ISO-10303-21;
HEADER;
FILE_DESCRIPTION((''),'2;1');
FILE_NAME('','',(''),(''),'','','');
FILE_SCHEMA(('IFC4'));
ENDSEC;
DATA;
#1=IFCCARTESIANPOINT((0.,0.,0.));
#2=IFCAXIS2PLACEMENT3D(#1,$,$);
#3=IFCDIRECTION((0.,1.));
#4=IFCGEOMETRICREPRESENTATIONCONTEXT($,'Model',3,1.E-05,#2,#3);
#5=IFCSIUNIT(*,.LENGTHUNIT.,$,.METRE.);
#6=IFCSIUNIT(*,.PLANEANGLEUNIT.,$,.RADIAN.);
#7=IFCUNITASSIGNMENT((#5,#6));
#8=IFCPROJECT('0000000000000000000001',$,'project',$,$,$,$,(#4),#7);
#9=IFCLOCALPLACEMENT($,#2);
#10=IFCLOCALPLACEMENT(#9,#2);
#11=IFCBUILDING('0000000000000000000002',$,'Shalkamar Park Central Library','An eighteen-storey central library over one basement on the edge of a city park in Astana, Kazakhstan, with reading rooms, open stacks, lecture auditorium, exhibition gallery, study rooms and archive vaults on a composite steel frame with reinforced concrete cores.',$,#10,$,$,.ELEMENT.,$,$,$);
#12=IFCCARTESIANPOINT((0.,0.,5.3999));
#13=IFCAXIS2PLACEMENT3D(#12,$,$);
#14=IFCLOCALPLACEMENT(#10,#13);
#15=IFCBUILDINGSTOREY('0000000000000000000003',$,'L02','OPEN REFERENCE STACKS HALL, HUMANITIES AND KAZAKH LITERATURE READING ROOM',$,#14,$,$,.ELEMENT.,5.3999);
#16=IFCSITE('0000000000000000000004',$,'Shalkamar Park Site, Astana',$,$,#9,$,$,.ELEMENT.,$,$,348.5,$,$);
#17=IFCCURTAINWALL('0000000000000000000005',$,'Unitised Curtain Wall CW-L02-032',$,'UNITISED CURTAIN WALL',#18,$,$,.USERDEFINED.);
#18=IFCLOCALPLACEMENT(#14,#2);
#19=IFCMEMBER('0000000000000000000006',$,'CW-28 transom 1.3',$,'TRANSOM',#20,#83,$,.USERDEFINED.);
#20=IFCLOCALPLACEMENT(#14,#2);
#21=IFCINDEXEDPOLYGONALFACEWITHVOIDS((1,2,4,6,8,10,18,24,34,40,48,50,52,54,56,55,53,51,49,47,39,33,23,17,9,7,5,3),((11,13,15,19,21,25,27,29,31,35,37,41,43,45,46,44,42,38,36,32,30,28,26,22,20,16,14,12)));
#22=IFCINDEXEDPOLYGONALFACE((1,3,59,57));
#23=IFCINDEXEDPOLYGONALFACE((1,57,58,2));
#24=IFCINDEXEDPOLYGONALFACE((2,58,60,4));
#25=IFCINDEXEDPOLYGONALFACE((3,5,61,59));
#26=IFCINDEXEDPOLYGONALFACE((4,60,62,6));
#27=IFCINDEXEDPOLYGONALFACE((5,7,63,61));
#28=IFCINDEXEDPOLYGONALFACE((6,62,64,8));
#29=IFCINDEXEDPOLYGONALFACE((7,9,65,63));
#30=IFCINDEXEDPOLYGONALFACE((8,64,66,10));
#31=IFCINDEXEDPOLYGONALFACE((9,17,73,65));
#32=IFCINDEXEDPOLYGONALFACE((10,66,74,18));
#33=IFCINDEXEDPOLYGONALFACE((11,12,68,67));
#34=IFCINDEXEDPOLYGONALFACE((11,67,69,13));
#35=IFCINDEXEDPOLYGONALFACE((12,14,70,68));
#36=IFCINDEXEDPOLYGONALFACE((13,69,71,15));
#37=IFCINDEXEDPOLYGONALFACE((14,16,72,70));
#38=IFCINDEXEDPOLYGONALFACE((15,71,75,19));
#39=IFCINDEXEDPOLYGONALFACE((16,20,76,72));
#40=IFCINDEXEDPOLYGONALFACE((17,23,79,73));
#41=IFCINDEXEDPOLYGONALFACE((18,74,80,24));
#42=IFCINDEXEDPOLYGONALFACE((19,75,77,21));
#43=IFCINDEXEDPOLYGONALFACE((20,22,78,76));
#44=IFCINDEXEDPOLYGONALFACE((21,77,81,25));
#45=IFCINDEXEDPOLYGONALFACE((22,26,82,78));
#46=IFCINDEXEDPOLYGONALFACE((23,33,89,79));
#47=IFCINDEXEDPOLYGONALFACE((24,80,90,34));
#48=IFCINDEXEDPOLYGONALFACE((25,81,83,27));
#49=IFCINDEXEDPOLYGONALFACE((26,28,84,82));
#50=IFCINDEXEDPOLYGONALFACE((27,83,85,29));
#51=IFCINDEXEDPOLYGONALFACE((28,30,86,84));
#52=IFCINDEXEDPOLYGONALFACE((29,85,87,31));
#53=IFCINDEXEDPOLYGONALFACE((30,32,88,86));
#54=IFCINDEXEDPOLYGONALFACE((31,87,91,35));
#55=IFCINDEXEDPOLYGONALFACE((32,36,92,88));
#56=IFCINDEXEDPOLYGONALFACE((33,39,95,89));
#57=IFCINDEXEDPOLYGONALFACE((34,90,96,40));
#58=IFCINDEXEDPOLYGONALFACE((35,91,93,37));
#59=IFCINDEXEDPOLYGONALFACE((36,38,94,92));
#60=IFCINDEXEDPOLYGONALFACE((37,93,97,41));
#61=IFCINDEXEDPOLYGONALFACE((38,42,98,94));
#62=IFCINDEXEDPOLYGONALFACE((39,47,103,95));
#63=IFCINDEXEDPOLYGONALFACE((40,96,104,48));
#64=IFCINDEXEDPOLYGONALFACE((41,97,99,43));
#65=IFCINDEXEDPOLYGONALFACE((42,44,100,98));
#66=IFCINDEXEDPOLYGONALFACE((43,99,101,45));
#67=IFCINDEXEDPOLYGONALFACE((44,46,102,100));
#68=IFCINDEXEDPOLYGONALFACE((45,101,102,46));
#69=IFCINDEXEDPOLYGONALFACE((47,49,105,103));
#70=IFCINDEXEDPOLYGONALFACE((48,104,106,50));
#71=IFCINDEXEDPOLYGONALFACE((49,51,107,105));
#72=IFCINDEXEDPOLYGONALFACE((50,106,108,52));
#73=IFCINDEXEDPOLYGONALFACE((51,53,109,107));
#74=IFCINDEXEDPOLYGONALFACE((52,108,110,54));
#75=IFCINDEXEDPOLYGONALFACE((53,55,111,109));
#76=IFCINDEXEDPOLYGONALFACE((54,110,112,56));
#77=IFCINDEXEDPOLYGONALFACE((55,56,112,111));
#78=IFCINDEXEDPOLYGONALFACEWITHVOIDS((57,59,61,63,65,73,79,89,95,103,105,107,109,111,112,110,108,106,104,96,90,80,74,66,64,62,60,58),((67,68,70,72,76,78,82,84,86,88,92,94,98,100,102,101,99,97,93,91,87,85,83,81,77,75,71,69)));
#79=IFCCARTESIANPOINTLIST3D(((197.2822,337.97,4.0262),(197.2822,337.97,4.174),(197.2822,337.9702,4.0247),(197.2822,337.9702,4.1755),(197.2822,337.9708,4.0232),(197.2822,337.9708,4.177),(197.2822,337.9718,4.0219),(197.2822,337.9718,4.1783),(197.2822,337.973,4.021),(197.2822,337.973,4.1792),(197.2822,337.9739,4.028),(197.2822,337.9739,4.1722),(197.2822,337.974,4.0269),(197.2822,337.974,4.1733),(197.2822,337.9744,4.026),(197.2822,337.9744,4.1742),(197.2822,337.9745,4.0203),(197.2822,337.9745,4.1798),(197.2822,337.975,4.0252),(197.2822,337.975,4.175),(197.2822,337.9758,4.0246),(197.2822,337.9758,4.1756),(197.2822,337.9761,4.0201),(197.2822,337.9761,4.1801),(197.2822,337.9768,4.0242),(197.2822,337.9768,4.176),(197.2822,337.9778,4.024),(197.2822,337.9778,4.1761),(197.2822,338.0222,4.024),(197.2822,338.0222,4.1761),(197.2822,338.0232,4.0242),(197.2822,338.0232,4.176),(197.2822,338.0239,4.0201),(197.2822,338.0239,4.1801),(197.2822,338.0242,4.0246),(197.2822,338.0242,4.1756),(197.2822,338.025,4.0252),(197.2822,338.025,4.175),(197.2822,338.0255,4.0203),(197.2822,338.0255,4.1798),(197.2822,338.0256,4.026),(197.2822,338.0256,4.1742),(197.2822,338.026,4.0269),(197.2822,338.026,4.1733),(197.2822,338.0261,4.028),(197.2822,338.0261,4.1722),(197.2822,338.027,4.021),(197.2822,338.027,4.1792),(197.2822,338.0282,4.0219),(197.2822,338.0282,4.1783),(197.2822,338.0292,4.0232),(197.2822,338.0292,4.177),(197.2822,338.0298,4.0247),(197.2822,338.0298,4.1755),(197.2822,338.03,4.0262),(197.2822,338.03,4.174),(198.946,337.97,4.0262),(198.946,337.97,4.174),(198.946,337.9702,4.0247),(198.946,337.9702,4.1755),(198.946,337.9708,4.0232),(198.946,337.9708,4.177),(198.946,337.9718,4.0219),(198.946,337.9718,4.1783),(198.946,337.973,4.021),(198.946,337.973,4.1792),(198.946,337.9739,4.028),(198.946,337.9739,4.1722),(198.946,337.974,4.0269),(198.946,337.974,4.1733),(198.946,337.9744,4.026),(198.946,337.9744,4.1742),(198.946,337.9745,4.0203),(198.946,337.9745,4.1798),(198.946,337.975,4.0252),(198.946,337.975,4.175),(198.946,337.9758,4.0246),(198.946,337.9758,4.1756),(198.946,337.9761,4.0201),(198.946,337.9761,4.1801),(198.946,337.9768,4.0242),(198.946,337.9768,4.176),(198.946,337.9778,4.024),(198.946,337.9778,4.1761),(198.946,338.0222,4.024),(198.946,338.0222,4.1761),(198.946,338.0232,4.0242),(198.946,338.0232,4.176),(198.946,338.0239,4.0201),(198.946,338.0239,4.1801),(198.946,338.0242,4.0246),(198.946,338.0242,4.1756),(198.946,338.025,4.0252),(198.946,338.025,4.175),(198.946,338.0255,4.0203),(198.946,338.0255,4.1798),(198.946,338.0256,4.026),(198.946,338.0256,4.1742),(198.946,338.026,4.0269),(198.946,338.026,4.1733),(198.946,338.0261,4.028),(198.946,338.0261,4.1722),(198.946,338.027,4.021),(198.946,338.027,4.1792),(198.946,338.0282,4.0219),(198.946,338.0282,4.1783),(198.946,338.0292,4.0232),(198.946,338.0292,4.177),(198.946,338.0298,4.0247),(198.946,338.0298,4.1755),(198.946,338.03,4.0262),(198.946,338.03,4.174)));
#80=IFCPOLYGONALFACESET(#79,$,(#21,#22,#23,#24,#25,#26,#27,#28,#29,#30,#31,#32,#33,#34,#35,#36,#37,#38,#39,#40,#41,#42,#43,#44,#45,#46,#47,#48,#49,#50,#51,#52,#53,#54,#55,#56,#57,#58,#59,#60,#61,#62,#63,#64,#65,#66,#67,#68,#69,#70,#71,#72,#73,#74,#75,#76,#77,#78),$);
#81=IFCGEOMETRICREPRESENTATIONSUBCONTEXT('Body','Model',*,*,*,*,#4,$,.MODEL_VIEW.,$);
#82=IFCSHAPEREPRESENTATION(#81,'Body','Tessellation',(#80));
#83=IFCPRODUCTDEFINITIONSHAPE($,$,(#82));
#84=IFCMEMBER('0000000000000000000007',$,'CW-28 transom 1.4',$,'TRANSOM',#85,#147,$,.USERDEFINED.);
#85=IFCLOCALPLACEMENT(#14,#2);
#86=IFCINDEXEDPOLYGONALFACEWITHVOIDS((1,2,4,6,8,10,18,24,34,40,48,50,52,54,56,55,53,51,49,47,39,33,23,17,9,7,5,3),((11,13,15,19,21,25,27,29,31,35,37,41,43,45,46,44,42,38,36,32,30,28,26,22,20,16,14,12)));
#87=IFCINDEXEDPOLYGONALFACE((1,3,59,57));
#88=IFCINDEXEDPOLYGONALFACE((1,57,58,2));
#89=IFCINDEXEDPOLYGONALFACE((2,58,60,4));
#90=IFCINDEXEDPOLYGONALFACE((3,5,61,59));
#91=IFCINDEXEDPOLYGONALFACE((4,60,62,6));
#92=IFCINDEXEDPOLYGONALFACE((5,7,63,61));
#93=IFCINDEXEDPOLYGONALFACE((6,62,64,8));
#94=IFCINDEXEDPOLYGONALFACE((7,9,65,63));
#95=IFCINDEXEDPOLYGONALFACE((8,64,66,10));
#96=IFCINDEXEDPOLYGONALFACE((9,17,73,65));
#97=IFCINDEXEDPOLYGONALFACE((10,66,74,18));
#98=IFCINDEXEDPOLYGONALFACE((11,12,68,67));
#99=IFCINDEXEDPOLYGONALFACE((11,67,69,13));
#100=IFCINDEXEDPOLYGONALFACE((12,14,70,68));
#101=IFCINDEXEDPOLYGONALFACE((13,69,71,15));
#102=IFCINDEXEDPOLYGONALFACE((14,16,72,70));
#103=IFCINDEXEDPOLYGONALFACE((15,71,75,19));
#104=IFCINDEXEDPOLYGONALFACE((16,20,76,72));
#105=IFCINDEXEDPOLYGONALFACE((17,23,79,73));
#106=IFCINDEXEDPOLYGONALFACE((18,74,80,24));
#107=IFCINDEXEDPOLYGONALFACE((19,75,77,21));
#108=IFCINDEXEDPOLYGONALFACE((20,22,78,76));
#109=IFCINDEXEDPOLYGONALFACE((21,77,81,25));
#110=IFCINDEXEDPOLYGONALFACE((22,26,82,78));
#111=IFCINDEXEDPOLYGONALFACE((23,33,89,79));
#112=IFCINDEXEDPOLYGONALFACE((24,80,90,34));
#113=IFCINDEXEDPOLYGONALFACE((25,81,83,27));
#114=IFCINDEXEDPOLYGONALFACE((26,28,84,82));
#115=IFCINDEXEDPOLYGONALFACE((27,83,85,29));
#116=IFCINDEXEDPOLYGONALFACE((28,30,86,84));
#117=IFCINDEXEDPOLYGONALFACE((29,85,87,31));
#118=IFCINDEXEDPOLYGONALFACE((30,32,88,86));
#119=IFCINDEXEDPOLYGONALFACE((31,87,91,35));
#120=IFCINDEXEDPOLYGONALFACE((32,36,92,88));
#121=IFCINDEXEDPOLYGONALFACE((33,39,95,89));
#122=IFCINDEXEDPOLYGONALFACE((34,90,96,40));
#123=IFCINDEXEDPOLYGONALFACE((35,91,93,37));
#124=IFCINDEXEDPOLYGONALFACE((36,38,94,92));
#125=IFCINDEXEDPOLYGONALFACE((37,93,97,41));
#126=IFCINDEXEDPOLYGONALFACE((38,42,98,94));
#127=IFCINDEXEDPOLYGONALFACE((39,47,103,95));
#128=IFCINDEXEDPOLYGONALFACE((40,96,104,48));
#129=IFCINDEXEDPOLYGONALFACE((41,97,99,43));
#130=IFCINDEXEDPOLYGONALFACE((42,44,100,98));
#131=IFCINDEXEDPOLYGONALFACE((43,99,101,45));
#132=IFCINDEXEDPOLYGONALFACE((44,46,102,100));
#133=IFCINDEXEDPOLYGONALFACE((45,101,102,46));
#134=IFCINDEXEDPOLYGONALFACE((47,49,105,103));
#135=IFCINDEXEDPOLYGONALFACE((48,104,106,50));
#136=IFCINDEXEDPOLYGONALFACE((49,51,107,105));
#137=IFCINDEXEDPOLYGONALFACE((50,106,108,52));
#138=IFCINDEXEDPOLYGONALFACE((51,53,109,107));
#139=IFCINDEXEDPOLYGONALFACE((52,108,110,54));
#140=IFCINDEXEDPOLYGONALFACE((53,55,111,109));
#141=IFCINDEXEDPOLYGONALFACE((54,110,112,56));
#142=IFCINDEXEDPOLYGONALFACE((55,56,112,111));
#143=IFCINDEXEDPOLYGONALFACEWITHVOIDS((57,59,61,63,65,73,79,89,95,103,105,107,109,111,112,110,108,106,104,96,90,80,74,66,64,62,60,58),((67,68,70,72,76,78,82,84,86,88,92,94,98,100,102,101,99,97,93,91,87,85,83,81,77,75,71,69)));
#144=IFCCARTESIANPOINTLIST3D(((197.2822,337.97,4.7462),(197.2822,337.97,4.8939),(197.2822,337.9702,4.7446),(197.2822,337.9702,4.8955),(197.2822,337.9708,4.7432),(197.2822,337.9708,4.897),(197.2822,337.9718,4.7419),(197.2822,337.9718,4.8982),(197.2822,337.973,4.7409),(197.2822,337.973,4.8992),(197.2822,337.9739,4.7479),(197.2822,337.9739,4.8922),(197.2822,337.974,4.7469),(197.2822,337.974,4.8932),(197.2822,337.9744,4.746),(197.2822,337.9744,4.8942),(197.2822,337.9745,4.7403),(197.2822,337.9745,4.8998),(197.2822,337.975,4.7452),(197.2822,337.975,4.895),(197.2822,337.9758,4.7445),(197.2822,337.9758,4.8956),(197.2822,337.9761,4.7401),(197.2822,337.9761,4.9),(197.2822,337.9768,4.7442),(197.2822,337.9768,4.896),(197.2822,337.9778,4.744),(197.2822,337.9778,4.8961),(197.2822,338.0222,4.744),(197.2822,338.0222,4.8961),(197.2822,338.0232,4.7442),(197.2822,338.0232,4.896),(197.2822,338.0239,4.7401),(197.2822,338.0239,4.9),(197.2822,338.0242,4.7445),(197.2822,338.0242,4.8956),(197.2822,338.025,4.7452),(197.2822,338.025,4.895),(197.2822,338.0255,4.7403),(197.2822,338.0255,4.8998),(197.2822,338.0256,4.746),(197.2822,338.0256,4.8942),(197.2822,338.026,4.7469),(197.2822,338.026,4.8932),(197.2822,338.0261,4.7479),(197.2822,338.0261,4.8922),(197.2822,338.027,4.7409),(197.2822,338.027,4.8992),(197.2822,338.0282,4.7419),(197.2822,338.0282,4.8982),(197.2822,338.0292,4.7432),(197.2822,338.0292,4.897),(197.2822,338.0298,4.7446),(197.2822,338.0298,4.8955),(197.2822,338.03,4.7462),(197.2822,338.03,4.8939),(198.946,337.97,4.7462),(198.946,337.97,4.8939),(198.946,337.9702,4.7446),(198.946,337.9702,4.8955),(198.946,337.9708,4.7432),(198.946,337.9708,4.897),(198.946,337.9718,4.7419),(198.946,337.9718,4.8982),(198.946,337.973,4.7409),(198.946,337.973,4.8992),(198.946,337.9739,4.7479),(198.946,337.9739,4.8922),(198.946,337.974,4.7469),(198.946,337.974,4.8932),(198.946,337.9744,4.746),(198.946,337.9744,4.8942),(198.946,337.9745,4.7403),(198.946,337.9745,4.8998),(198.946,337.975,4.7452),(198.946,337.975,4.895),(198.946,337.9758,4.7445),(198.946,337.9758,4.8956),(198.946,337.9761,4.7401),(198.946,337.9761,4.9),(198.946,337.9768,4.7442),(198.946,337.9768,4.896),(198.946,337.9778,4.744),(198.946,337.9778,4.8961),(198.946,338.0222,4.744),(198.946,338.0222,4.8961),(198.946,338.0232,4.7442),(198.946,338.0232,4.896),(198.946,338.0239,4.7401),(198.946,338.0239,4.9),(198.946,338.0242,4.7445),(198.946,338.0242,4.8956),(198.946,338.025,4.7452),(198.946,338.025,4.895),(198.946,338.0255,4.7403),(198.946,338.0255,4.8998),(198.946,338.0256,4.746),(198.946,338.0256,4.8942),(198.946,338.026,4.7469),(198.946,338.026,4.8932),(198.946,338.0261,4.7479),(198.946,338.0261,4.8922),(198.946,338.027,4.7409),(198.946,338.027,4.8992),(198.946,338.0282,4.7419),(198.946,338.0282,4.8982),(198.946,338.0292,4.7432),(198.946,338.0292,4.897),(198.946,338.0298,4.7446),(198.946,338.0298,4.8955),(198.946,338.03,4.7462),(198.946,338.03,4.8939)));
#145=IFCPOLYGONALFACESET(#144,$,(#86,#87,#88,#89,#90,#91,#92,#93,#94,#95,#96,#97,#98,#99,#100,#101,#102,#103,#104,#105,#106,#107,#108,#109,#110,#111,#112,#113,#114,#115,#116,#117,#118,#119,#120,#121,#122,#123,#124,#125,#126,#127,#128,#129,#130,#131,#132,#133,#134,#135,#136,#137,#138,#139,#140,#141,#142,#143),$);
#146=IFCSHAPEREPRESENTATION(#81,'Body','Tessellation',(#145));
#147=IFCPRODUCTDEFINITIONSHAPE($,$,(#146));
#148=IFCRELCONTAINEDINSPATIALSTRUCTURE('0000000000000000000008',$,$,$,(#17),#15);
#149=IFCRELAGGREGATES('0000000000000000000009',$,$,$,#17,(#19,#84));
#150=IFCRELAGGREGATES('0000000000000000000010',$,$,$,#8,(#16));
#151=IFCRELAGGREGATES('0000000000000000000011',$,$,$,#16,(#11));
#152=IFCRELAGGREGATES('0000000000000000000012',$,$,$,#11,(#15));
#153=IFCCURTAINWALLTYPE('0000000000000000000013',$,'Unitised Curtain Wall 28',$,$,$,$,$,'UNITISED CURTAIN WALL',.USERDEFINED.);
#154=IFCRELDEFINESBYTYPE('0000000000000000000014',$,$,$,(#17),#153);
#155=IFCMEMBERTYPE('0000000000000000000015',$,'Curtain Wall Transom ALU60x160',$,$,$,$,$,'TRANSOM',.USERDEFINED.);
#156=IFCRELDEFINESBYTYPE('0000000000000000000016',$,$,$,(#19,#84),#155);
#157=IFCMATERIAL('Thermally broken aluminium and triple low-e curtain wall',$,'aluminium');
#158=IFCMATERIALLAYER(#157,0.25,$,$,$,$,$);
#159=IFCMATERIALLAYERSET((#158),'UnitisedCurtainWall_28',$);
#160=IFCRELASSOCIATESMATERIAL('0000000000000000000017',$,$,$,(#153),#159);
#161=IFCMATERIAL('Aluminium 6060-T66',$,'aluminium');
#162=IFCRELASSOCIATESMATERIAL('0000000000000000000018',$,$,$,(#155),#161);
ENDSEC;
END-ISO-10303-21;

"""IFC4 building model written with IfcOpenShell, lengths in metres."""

from ifc_helpers import new_model, si_unit, direction, frame, origin, origin_2d, place, context, subcontext, project, spatial, hollow_rectangle, extrude, material, layer, layer_set, material_profile, profile_set, type_object, element, aggregate, save


model = new_model("IFC4")

# Units and contexts
model_context = context("Model", 3, precision=1e-05, world=origin(), true_north=direction((0.0, 1.0)))
body_context = subcontext(model_context, "Body", "Model", "MODEL_VIEW")
ifc_project = project(units=[si_unit("LENGTHUNIT", "METRE"), si_unit("PLANEANGLEUNIT", "RADIAN")], contexts=[model_context])

# Site, building, storey
site_placement = place(None, origin())
site = spatial("IfcSite", under=ifc_project, at=site_placement, Name="Shalkamar Park Site, Astana", CompositionType="ELEMENT", RefElevation=348.5)
building_placement = place(site_placement, origin())
building = spatial("IfcBuilding", under=site, at=building_placement, Name="Shalkamar Park Central Library", Description="An eighteen-storey central library over one basement on the edge of a city park in Astana, Kazakhstan, with reading rooms, open stacks, lecture auditorium, exhibition gallery, study rooms and archive vaults on a composite steel frame with reinforced concrete cores.", CompositionType="ELEMENT")
storey_placement = place(building_placement, frame((0.0, 0.0, 5.3999)))
storey = spatial("IfcBuildingStorey", under=building, at=storey_placement, Name="L02", Description="OPEN REFERENCE STACKS HALL, HUMANITIES AND KAZAKH LITERATURE READING ROOM", CompositionType="ELEMENT", Elevation=5.3999)

# Curtain wall
ifc_material_1 = material(Name="Thermally broken aluminium and triple low-e curtain wall", Category="aluminium")
ifc_layer_1 = layer(ifc_material_1, 0.25)
ifc_layer_set_1 = layer_set([ifc_layer_1], Name="UnitisedCurtainWall_28")
curtain_wall_type_1 = type_object("IfcCurtainWallType", Name="Unitised Curtain Wall 28", ElementType="UNITISED CURTAIN WALL", PredefinedType="USERDEFINED", material=ifc_layer_set_1)
curtain_wall_1_placement = place(storey_placement, origin())
curtain_wall_1 = element("IfcCurtainWall", 1, at=curtain_wall_1_placement, inside=storey, type_object=curtain_wall_type_1, Name="Unitised Curtain Wall CW-L02-032", ObjectType="UNITISED CURTAIN WALL", PredefinedType="USERDEFINED")
ifc_material_2 = material(Name="Aluminium 6060-T66", Category="aluminium")

# Members
ifc_material_profile_1 = material_profile(ifc_material_2, hollow_rectangle(XDim=0.0601, YDim=0.1599, WallThickness=0.0039, InnerFilletRadius=0.0039, OuterFilletRadius=0.0061, at=origin_2d()), Name="ALU 60x160x4")
ifc_profile_set_1 = profile_set([ifc_material_profile_1], Name="Aluminium 6060-T66")
member_type_1 = type_object("IfcMemberType", Name="Curtain Wall Transom ALU60x160", ElementType="TRANSOM", PredefinedType="USERDEFINED", material=ifc_profile_set_1)
member_1_placement = place(storey_placement, frame((197.2822, 338.0, 4.1001), z_axis=(1.0, 0.0, 0.0), x_axis=(0.0, 1.0, 0.0)))
member_1 = element("IfcMember", 2, at=member_1_placement, type_object=member_type_1, Name="CW-28 transom 1.3", ObjectType="TRANSOM", PredefinedType="USERDEFINED", context=body_context, shape_type="SweptSolid", body=[
    extrude(hollow_rectangle(XDim=0.0601, YDim=0.1599, WallThickness=0.0039, InnerFilletRadius=0.0039, OuterFilletRadius=0.0061, at=origin_2d()), origin(), (0.0, 0.0, 1.0), 1.6638),
])
member_2_placement = place(storey_placement, frame((197.2822, 338.0, 4.8201), z_axis=(1.0, 0.0, 0.0), x_axis=(0.0, 1.0, 0.0)))
member_2 = element("IfcMember", 3, at=member_2_placement, type_object=member_type_1, Name="CW-28 transom 1.4", ObjectType="TRANSOM", PredefinedType="USERDEFINED", context=body_context, shape_type="SweptSolid", body=[
    extrude(hollow_rectangle(XDim=0.0601, YDim=0.1599, WallThickness=0.0039, InnerFilletRadius=0.0039, OuterFilletRadius=0.0061, at=origin_2d()), origin(), (0.0, 0.0, 1.0), 1.6638),
])

aggregate(curtain_wall_1, [member_1, member_2])

save(model, "model.ifc")
